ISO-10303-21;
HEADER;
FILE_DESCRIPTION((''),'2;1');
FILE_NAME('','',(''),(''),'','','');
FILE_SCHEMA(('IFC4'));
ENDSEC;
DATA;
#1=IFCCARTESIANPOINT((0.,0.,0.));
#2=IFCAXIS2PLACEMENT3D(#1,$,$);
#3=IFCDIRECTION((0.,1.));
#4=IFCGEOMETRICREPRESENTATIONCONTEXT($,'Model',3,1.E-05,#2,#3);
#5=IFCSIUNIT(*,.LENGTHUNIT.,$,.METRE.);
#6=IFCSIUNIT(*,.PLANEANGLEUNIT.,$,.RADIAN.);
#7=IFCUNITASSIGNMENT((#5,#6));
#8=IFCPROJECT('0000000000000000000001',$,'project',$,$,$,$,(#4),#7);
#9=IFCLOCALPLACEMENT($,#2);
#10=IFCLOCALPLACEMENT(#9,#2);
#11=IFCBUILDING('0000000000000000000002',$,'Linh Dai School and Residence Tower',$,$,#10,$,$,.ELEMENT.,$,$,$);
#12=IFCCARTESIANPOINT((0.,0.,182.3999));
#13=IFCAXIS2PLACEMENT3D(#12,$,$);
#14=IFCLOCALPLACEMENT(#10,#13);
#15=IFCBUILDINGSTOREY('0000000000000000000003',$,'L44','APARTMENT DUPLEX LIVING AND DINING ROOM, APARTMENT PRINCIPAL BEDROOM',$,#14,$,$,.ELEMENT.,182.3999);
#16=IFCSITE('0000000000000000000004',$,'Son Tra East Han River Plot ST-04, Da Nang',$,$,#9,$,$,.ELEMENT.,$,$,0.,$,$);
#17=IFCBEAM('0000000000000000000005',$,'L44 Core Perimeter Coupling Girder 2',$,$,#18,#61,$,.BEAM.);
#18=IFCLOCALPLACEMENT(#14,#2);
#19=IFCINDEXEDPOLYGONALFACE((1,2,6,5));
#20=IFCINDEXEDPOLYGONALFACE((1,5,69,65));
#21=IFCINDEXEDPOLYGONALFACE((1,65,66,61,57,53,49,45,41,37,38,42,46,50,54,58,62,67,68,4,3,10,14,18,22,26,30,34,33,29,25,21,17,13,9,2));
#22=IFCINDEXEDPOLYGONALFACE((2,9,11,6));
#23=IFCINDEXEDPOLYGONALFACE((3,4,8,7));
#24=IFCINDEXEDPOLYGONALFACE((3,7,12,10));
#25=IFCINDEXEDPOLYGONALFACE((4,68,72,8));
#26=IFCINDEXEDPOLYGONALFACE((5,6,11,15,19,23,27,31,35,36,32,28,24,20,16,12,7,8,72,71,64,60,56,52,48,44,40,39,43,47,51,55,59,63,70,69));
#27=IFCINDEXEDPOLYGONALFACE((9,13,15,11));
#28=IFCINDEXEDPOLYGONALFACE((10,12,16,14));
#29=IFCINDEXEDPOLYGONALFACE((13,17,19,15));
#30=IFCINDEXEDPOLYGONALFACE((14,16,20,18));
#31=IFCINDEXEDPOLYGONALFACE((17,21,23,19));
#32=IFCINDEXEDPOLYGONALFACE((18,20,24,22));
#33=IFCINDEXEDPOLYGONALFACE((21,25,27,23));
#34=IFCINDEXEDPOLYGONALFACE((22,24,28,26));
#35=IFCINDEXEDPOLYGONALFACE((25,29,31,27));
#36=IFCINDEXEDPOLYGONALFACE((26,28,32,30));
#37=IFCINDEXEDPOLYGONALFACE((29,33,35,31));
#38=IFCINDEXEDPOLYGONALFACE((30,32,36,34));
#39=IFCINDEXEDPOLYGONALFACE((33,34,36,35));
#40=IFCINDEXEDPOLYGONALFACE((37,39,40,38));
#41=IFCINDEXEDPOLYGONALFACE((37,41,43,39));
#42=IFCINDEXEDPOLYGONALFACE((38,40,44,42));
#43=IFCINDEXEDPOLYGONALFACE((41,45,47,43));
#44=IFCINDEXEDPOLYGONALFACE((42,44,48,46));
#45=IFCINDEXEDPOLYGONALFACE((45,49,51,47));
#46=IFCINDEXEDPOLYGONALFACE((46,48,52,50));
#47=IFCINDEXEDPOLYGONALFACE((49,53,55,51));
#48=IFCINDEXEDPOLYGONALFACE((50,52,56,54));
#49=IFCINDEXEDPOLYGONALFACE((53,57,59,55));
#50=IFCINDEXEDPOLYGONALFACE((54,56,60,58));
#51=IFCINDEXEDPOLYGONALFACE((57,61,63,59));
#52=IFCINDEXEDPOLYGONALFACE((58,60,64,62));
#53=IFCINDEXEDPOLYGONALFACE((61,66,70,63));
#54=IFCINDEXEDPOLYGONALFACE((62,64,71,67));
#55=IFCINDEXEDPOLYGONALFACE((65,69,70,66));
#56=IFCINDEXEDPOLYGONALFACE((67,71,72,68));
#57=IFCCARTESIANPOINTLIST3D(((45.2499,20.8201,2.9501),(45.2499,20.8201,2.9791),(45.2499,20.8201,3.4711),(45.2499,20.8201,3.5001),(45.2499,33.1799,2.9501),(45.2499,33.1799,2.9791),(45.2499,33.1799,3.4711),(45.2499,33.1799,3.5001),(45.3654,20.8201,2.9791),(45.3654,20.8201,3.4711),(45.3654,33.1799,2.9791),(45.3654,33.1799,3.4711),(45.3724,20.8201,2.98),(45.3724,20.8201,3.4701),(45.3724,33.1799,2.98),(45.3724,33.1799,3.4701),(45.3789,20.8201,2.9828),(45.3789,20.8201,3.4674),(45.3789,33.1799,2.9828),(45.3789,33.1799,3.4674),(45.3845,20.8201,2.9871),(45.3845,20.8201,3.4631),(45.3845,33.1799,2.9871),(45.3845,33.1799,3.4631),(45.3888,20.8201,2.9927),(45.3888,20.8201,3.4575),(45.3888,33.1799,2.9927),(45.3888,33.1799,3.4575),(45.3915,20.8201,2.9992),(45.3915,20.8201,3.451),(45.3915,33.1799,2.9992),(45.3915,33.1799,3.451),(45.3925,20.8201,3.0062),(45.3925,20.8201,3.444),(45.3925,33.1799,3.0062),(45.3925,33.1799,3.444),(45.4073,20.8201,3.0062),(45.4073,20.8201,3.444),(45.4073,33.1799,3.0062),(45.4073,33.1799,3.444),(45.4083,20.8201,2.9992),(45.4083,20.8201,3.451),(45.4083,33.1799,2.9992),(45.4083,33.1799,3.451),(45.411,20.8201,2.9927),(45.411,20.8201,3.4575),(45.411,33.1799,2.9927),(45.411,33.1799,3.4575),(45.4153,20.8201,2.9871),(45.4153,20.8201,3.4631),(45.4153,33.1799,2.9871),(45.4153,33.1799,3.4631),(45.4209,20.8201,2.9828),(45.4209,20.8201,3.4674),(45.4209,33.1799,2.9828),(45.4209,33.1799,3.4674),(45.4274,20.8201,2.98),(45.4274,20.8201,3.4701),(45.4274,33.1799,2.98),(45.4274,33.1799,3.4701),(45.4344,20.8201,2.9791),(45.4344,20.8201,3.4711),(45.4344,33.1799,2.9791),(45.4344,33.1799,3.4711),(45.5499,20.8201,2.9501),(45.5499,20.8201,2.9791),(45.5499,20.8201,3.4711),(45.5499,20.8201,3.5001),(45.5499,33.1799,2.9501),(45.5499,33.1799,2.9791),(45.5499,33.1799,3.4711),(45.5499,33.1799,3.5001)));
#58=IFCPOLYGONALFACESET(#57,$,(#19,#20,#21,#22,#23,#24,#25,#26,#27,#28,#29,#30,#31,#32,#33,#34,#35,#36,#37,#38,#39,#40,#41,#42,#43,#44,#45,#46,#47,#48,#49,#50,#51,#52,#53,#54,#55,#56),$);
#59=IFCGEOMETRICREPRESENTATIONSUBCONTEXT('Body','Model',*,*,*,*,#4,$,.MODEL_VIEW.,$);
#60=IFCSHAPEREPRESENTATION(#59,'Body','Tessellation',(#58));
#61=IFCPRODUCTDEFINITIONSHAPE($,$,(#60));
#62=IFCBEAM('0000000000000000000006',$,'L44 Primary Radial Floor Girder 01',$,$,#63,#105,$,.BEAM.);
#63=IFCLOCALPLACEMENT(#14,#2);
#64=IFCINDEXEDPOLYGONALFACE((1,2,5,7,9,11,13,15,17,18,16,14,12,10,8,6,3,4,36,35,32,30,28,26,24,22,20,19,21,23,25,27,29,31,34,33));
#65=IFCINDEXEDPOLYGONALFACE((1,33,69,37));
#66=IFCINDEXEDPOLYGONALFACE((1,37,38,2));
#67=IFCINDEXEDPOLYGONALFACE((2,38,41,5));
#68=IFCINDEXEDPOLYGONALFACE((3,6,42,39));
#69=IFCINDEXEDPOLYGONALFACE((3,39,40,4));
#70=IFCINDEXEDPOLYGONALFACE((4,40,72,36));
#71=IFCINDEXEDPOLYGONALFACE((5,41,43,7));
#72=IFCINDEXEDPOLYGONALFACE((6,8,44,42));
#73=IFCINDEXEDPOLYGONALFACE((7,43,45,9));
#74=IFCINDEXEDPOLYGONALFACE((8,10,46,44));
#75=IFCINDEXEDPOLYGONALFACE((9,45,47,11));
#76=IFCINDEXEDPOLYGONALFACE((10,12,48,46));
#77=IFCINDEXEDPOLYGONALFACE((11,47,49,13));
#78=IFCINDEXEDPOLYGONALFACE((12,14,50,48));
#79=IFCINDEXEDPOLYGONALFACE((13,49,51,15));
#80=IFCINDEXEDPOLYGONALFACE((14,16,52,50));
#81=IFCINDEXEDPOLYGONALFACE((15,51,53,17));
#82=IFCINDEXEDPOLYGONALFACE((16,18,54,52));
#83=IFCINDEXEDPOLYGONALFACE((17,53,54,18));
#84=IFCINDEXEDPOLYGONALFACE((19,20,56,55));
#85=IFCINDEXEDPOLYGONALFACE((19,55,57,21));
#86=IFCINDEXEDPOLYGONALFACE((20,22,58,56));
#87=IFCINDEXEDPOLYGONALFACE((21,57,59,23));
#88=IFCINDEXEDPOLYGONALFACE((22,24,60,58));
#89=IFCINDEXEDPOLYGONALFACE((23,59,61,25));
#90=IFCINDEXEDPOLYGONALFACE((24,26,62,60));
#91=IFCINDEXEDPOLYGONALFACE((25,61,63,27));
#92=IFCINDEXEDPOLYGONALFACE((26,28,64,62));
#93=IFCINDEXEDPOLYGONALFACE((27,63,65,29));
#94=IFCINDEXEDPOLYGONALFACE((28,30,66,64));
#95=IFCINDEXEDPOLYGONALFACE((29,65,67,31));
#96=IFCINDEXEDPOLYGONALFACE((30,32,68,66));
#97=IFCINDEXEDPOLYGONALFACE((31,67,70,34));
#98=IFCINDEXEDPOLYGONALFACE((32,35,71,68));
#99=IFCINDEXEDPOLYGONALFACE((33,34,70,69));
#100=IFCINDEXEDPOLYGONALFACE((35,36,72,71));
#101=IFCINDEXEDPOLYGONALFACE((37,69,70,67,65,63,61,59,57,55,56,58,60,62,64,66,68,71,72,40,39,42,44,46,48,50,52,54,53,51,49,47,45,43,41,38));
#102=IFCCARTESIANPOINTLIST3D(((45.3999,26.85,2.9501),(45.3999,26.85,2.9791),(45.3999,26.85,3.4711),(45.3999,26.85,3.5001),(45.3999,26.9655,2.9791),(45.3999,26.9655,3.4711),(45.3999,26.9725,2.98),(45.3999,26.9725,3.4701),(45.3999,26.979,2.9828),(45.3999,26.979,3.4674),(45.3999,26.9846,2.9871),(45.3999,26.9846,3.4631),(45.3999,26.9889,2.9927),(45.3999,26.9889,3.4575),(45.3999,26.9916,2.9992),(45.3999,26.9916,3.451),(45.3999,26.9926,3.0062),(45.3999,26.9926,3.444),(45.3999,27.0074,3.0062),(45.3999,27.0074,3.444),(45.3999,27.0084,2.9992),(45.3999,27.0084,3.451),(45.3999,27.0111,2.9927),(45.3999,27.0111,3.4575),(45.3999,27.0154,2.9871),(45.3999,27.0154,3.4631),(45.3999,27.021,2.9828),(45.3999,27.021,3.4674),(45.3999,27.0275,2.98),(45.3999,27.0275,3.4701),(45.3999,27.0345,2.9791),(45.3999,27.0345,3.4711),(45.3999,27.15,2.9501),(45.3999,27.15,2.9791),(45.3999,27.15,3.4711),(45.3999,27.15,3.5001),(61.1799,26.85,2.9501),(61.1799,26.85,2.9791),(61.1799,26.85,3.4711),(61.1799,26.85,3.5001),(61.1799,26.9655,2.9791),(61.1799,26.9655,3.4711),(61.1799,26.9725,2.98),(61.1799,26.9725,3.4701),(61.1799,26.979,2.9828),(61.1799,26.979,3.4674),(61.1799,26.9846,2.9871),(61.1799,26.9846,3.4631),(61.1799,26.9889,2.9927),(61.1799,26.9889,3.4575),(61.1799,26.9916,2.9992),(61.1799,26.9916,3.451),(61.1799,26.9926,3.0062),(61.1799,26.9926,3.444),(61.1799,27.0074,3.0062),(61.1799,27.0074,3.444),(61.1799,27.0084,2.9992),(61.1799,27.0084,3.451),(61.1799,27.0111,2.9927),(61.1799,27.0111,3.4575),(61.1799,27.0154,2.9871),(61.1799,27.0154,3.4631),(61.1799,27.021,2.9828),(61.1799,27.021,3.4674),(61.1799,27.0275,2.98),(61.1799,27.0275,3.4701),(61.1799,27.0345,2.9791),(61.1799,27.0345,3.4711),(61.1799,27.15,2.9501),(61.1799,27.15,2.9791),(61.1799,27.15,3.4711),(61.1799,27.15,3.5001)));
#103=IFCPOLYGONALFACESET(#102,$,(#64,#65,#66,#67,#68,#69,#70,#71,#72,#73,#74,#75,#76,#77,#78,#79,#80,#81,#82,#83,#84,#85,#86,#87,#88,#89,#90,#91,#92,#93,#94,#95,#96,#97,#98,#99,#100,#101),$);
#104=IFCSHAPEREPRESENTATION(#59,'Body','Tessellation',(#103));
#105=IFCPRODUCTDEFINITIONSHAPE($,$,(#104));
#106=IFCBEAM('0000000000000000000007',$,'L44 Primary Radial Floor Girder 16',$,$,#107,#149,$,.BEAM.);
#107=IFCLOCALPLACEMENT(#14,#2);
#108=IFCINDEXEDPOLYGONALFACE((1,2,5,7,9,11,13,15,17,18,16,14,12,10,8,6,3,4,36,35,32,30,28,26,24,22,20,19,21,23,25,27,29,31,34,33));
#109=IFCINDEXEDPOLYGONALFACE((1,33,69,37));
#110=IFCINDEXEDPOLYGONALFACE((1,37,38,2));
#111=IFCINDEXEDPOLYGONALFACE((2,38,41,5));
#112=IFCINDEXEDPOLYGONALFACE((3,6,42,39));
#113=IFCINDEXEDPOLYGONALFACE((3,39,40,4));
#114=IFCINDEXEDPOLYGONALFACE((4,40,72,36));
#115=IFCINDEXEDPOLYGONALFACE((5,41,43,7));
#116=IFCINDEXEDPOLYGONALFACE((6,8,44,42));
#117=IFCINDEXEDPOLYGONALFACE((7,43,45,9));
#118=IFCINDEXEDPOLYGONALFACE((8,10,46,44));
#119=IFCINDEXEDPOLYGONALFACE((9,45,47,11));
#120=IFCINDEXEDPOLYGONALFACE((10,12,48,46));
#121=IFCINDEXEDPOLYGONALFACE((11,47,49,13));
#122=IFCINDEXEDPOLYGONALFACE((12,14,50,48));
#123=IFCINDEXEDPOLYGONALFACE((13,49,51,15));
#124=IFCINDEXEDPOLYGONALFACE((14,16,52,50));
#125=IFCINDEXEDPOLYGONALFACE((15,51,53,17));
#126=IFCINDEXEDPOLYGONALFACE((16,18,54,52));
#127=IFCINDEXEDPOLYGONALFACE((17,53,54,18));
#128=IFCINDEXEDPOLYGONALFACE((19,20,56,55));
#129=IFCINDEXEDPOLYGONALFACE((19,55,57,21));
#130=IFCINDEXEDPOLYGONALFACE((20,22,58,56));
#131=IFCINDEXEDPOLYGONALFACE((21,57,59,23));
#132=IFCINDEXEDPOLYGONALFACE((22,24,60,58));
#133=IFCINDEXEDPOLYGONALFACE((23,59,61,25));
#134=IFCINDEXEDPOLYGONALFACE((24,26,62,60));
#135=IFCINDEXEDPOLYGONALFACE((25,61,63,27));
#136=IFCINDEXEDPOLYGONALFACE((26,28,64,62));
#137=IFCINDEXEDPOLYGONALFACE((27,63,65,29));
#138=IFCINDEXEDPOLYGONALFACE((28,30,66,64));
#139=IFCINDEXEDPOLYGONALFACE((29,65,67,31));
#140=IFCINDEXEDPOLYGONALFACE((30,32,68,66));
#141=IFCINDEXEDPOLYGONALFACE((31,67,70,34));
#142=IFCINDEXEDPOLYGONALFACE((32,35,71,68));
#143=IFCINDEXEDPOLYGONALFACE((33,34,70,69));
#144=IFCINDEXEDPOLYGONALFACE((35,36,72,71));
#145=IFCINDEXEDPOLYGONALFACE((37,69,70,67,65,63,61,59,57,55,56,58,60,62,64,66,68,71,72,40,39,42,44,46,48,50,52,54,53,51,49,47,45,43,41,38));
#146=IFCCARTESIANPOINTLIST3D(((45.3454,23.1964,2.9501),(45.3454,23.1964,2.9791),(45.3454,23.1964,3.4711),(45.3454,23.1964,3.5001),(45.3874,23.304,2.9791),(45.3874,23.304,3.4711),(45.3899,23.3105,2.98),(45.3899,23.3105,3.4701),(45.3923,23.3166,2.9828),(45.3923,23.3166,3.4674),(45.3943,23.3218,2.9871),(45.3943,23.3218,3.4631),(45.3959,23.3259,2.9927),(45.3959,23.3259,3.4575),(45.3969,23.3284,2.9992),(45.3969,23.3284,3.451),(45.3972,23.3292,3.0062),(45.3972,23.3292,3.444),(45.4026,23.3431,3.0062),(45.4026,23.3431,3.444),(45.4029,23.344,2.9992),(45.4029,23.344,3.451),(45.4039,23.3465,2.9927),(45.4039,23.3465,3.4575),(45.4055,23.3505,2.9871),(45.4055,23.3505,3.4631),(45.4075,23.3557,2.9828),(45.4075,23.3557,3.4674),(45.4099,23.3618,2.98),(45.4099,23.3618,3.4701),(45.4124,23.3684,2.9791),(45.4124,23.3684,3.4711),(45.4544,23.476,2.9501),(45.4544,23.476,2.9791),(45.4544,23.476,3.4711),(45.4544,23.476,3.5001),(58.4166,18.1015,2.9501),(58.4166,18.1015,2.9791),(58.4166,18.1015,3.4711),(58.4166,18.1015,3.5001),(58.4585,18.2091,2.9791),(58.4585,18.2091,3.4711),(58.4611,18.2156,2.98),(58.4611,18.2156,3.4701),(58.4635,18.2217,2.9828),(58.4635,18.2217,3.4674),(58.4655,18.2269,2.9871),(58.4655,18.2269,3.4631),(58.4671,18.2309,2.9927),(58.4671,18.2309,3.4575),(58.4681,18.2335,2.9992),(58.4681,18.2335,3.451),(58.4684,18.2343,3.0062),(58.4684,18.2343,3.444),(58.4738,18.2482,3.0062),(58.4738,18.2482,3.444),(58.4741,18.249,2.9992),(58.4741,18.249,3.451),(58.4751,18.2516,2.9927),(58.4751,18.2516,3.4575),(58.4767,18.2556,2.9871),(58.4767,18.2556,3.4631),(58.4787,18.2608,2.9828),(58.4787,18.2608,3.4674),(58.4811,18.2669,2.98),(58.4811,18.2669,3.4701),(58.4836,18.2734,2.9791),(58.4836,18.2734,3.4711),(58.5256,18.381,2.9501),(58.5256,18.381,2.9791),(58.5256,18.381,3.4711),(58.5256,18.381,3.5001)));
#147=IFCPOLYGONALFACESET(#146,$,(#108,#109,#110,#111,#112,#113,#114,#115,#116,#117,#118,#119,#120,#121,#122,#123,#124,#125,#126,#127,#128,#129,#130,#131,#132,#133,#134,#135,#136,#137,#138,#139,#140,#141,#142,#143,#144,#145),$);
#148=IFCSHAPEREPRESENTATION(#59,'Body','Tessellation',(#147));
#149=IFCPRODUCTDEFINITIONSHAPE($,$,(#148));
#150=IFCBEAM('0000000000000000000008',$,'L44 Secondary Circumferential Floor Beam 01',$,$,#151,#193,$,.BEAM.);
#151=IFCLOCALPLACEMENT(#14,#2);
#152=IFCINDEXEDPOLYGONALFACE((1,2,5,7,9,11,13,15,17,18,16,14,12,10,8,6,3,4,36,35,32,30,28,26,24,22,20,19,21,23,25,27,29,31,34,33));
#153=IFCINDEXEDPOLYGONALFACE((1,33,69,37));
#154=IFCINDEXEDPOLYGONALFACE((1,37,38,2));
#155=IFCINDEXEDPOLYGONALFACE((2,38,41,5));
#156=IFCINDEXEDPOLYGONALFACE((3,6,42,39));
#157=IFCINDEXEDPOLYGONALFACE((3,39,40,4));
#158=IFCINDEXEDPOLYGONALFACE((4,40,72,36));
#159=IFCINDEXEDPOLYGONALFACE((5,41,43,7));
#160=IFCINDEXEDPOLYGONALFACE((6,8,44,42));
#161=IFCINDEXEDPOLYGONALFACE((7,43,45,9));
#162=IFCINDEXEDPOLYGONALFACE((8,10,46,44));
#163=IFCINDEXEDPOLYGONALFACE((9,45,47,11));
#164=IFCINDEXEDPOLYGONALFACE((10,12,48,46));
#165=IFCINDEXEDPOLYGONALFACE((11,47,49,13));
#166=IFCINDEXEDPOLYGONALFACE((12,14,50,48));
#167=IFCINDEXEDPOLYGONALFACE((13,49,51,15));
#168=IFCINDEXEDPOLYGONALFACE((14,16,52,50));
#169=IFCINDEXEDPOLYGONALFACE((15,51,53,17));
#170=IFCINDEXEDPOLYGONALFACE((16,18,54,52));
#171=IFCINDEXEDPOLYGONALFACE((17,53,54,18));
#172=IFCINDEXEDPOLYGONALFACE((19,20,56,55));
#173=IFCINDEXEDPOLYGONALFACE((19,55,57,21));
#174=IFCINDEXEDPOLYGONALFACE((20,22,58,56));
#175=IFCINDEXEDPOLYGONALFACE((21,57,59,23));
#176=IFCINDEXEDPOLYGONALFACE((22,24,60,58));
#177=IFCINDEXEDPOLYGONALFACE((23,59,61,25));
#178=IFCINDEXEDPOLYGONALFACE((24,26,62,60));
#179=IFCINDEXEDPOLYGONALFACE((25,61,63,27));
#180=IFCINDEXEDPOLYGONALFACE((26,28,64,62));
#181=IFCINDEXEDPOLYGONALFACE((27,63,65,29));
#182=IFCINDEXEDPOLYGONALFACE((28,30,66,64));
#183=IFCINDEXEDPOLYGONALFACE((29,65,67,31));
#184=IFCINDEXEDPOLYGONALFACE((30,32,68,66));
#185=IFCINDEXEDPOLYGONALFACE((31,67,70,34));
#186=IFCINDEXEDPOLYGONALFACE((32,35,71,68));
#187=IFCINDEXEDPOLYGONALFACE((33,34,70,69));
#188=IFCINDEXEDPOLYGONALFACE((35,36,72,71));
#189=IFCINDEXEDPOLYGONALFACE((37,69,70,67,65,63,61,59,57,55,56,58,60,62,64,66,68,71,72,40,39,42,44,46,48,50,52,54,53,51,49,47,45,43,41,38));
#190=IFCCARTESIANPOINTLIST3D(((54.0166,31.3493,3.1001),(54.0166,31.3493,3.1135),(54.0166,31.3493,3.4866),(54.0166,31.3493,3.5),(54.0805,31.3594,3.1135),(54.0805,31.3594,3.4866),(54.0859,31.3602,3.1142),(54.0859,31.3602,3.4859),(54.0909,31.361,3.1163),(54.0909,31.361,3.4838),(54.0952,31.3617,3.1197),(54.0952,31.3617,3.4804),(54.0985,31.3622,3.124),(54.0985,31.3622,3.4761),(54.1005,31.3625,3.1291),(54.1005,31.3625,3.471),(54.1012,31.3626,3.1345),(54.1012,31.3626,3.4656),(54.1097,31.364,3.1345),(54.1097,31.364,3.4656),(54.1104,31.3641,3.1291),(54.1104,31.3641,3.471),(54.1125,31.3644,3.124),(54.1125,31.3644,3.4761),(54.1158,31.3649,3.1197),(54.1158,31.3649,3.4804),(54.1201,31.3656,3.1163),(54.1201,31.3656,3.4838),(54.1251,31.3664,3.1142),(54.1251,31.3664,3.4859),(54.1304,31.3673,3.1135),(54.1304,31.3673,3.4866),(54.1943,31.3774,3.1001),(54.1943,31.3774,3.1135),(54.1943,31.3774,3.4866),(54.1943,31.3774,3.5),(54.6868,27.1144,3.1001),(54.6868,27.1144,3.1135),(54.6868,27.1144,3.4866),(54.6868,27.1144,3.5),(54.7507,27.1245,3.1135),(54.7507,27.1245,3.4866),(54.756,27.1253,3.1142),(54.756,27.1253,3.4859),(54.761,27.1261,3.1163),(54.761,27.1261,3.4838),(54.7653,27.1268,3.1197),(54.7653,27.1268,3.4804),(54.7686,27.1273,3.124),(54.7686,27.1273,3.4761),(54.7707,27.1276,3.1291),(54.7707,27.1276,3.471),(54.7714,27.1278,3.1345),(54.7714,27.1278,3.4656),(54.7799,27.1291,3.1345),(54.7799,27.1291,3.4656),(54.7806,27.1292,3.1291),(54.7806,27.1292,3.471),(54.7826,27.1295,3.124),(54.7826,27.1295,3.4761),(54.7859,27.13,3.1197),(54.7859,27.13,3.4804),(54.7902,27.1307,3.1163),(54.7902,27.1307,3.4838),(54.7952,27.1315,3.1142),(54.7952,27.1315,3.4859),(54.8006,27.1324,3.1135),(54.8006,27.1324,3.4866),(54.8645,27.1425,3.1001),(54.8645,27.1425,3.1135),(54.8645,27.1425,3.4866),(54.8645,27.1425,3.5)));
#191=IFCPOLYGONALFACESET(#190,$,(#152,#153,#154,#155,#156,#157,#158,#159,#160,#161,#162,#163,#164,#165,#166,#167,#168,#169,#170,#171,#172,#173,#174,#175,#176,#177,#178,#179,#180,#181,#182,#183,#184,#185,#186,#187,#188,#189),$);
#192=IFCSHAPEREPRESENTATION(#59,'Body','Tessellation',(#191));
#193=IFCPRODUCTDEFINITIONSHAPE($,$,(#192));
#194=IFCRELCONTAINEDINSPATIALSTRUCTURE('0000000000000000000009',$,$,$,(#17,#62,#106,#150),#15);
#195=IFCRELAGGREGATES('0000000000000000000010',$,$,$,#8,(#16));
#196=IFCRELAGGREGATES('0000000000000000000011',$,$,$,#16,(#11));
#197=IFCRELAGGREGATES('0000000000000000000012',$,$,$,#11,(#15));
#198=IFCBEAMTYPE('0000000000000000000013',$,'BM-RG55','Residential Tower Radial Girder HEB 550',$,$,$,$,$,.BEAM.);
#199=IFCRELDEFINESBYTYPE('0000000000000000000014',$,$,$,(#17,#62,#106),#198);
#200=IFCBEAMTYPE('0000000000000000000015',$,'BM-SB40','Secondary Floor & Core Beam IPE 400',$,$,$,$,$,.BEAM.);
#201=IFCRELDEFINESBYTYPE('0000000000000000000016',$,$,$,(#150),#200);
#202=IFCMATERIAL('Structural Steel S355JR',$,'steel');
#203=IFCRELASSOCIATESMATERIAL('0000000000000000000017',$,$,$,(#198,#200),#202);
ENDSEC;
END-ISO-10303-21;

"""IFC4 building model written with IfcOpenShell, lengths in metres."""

from ifc_helpers import new_model, si_unit, direction, frame, origin, origin_2d, place, context, subcontext, project, spatial, i_section, extrude, material, material_profile, profile_set, type_object, element, save


model = new_model("IFC4")

# Units and contexts
model_context = context("Model", 3, precision=1e-05, world=origin(), true_north=direction((0.0, 1.0)))
body_context = subcontext(model_context, "Body", "Model", "MODEL_VIEW")
ifc_project = project(units=[si_unit("LENGTHUNIT", "METRE"), si_unit("PLANEANGLEUNIT", "RADIAN")], contexts=[model_context])

# Site, building, storey
site_placement = place(None, origin())
site = spatial("IfcSite", under=ifc_project, at=site_placement, Name="Son Tra East Han River Plot ST-04, Da Nang", CompositionType="ELEMENT", RefElevation=0.0)
building_placement = place(site_placement, origin())
building = spatial("IfcBuilding", under=site, at=building_placement, Name="Linh Dai School and Residence Tower", CompositionType="ELEMENT")
storey_placement = place(building_placement, frame((0.0, 0.0, 182.3999)))
storey = spatial("IfcBuildingStorey", under=building, at=storey_placement, Name="L44", Description="APARTMENT DUPLEX LIVING AND DINING ROOM, APARTMENT PRINCIPAL BEDROOM", CompositionType="ELEMENT", Elevation=182.3999)

# Shared definitions
ifc_material_1 = material(Name="Structural Steel S355JR", Category="steel")

# Beams
ifc_material_profile_1 = material_profile(ifc_material_1, i_section(OverallWidth=0.3, OverallDepth=0.55, WebThickness=0.0149, FlangeThickness=0.0291, FilletRadius=0.0271, at=origin_2d()), Name="HEB 550")
ifc_profile_set_1 = profile_set([ifc_material_profile_1], Name="Structural Steel S355JR")
beam_type_1 = type_object("IfcBeamType", Name="BM-RG55", Description="Residential Tower Radial Girder HEB 550", PredefinedType="BEAM", material=ifc_profile_set_1)
beam_1_placement = place(storey_placement, frame((45.3999, 20.8201, 3.2251), z_axis=(0.0, 1.0, 0.0), x_axis=(-1.0, 0.0, 0.0)))
element("IfcBeam", 1, at=beam_1_placement, inside=storey, type_object=beam_type_1, Name="L44 Core Perimeter Coupling Girder 2", PredefinedType="BEAM", context=body_context, shape_type="SweptSolid", body=[
    extrude(i_section(OverallWidth=0.3, OverallDepth=0.55, WebThickness=0.0149, FlangeThickness=0.0291, FilletRadius=0.0271, at=origin_2d()), origin(), (0.0, 0.0, 1.0), 12.3599),
])
beam_2_placement = place(storey_placement, frame((45.3999, 27.0, 3.2251), z_axis=(1.0, 0.0, 0.0), x_axis=(0.0, 1.0, 0.0)))
element("IfcBeam", 2, at=beam_2_placement, inside=storey, type_object=beam_type_1, Name="L44 Primary Radial Floor Girder 01", PredefinedType="BEAM", context=body_context, shape_type="SweptSolid", body=[
    extrude(i_section(OverallWidth=0.3, OverallDepth=0.55, WebThickness=0.0149, FlangeThickness=0.0291, FilletRadius=0.0271, at=origin_2d()), origin(), (0.0, 0.0, 1.0), 15.78),
])
beam_3_placement = place(storey_placement, frame((45.3999, 23.3362, 3.2251), z_axis=(0.931723, -0.36317, 0.0), x_axis=(0.36317, 0.931723, 0.0)))
element("IfcBeam", 3, at=beam_3_placement, inside=storey, type_object=beam_type_1, Name="L44 Primary Radial Floor Girder 16", PredefinedType="BEAM", context=body_context, shape_type="SweptSolid", body=[
    extrude(i_section(OverallWidth=0.3, OverallDepth=0.55, WebThickness=0.0149, FlangeThickness=0.0291, FilletRadius=0.0271, at=origin_2d()), origin(), (0.0, 0.0, 1.0), 14.0291),
])
ifc_material_profile_2 = material_profile(ifc_material_1, i_section(OverallWidth=0.1799, OverallDepth=0.3999, WebThickness=0.0085, FlangeThickness=0.0134, FilletRadius=0.021, at=origin_2d()), Name="IPE 400")
ifc_profile_set_2 = profile_set([ifc_material_profile_2], Name="Structural Steel S355JR")
beam_type_2 = type_object("IfcBeamType", Name="BM-SB40", Description="Secondary Floor & Core Beam IPE 400", PredefinedType="BEAM", material=ifc_profile_set_2)
beam_4_placement = place(storey_placement, frame((54.7756, 27.1284, 3.3), z_axis=(-0.156305, 0.987709, 0.0), x_axis=(-0.987709, -0.156305, 0.0)))
element("IfcBeam", 4, at=beam_4_placement, inside=storey, type_object=beam_type_2, Name="L44 Secondary Circumferential Floor Beam 01", PredefinedType="BEAM", context=body_context, shape_type="SweptSolid", body=[
    extrude(i_section(OverallWidth=0.1799, OverallDepth=0.3999, WebThickness=0.0085, FlangeThickness=0.0134, FilletRadius=0.021, at=origin_2d()), origin(), (0.0, 0.0, 1.0), 4.2876),
])

save(model, "model.ifc")
